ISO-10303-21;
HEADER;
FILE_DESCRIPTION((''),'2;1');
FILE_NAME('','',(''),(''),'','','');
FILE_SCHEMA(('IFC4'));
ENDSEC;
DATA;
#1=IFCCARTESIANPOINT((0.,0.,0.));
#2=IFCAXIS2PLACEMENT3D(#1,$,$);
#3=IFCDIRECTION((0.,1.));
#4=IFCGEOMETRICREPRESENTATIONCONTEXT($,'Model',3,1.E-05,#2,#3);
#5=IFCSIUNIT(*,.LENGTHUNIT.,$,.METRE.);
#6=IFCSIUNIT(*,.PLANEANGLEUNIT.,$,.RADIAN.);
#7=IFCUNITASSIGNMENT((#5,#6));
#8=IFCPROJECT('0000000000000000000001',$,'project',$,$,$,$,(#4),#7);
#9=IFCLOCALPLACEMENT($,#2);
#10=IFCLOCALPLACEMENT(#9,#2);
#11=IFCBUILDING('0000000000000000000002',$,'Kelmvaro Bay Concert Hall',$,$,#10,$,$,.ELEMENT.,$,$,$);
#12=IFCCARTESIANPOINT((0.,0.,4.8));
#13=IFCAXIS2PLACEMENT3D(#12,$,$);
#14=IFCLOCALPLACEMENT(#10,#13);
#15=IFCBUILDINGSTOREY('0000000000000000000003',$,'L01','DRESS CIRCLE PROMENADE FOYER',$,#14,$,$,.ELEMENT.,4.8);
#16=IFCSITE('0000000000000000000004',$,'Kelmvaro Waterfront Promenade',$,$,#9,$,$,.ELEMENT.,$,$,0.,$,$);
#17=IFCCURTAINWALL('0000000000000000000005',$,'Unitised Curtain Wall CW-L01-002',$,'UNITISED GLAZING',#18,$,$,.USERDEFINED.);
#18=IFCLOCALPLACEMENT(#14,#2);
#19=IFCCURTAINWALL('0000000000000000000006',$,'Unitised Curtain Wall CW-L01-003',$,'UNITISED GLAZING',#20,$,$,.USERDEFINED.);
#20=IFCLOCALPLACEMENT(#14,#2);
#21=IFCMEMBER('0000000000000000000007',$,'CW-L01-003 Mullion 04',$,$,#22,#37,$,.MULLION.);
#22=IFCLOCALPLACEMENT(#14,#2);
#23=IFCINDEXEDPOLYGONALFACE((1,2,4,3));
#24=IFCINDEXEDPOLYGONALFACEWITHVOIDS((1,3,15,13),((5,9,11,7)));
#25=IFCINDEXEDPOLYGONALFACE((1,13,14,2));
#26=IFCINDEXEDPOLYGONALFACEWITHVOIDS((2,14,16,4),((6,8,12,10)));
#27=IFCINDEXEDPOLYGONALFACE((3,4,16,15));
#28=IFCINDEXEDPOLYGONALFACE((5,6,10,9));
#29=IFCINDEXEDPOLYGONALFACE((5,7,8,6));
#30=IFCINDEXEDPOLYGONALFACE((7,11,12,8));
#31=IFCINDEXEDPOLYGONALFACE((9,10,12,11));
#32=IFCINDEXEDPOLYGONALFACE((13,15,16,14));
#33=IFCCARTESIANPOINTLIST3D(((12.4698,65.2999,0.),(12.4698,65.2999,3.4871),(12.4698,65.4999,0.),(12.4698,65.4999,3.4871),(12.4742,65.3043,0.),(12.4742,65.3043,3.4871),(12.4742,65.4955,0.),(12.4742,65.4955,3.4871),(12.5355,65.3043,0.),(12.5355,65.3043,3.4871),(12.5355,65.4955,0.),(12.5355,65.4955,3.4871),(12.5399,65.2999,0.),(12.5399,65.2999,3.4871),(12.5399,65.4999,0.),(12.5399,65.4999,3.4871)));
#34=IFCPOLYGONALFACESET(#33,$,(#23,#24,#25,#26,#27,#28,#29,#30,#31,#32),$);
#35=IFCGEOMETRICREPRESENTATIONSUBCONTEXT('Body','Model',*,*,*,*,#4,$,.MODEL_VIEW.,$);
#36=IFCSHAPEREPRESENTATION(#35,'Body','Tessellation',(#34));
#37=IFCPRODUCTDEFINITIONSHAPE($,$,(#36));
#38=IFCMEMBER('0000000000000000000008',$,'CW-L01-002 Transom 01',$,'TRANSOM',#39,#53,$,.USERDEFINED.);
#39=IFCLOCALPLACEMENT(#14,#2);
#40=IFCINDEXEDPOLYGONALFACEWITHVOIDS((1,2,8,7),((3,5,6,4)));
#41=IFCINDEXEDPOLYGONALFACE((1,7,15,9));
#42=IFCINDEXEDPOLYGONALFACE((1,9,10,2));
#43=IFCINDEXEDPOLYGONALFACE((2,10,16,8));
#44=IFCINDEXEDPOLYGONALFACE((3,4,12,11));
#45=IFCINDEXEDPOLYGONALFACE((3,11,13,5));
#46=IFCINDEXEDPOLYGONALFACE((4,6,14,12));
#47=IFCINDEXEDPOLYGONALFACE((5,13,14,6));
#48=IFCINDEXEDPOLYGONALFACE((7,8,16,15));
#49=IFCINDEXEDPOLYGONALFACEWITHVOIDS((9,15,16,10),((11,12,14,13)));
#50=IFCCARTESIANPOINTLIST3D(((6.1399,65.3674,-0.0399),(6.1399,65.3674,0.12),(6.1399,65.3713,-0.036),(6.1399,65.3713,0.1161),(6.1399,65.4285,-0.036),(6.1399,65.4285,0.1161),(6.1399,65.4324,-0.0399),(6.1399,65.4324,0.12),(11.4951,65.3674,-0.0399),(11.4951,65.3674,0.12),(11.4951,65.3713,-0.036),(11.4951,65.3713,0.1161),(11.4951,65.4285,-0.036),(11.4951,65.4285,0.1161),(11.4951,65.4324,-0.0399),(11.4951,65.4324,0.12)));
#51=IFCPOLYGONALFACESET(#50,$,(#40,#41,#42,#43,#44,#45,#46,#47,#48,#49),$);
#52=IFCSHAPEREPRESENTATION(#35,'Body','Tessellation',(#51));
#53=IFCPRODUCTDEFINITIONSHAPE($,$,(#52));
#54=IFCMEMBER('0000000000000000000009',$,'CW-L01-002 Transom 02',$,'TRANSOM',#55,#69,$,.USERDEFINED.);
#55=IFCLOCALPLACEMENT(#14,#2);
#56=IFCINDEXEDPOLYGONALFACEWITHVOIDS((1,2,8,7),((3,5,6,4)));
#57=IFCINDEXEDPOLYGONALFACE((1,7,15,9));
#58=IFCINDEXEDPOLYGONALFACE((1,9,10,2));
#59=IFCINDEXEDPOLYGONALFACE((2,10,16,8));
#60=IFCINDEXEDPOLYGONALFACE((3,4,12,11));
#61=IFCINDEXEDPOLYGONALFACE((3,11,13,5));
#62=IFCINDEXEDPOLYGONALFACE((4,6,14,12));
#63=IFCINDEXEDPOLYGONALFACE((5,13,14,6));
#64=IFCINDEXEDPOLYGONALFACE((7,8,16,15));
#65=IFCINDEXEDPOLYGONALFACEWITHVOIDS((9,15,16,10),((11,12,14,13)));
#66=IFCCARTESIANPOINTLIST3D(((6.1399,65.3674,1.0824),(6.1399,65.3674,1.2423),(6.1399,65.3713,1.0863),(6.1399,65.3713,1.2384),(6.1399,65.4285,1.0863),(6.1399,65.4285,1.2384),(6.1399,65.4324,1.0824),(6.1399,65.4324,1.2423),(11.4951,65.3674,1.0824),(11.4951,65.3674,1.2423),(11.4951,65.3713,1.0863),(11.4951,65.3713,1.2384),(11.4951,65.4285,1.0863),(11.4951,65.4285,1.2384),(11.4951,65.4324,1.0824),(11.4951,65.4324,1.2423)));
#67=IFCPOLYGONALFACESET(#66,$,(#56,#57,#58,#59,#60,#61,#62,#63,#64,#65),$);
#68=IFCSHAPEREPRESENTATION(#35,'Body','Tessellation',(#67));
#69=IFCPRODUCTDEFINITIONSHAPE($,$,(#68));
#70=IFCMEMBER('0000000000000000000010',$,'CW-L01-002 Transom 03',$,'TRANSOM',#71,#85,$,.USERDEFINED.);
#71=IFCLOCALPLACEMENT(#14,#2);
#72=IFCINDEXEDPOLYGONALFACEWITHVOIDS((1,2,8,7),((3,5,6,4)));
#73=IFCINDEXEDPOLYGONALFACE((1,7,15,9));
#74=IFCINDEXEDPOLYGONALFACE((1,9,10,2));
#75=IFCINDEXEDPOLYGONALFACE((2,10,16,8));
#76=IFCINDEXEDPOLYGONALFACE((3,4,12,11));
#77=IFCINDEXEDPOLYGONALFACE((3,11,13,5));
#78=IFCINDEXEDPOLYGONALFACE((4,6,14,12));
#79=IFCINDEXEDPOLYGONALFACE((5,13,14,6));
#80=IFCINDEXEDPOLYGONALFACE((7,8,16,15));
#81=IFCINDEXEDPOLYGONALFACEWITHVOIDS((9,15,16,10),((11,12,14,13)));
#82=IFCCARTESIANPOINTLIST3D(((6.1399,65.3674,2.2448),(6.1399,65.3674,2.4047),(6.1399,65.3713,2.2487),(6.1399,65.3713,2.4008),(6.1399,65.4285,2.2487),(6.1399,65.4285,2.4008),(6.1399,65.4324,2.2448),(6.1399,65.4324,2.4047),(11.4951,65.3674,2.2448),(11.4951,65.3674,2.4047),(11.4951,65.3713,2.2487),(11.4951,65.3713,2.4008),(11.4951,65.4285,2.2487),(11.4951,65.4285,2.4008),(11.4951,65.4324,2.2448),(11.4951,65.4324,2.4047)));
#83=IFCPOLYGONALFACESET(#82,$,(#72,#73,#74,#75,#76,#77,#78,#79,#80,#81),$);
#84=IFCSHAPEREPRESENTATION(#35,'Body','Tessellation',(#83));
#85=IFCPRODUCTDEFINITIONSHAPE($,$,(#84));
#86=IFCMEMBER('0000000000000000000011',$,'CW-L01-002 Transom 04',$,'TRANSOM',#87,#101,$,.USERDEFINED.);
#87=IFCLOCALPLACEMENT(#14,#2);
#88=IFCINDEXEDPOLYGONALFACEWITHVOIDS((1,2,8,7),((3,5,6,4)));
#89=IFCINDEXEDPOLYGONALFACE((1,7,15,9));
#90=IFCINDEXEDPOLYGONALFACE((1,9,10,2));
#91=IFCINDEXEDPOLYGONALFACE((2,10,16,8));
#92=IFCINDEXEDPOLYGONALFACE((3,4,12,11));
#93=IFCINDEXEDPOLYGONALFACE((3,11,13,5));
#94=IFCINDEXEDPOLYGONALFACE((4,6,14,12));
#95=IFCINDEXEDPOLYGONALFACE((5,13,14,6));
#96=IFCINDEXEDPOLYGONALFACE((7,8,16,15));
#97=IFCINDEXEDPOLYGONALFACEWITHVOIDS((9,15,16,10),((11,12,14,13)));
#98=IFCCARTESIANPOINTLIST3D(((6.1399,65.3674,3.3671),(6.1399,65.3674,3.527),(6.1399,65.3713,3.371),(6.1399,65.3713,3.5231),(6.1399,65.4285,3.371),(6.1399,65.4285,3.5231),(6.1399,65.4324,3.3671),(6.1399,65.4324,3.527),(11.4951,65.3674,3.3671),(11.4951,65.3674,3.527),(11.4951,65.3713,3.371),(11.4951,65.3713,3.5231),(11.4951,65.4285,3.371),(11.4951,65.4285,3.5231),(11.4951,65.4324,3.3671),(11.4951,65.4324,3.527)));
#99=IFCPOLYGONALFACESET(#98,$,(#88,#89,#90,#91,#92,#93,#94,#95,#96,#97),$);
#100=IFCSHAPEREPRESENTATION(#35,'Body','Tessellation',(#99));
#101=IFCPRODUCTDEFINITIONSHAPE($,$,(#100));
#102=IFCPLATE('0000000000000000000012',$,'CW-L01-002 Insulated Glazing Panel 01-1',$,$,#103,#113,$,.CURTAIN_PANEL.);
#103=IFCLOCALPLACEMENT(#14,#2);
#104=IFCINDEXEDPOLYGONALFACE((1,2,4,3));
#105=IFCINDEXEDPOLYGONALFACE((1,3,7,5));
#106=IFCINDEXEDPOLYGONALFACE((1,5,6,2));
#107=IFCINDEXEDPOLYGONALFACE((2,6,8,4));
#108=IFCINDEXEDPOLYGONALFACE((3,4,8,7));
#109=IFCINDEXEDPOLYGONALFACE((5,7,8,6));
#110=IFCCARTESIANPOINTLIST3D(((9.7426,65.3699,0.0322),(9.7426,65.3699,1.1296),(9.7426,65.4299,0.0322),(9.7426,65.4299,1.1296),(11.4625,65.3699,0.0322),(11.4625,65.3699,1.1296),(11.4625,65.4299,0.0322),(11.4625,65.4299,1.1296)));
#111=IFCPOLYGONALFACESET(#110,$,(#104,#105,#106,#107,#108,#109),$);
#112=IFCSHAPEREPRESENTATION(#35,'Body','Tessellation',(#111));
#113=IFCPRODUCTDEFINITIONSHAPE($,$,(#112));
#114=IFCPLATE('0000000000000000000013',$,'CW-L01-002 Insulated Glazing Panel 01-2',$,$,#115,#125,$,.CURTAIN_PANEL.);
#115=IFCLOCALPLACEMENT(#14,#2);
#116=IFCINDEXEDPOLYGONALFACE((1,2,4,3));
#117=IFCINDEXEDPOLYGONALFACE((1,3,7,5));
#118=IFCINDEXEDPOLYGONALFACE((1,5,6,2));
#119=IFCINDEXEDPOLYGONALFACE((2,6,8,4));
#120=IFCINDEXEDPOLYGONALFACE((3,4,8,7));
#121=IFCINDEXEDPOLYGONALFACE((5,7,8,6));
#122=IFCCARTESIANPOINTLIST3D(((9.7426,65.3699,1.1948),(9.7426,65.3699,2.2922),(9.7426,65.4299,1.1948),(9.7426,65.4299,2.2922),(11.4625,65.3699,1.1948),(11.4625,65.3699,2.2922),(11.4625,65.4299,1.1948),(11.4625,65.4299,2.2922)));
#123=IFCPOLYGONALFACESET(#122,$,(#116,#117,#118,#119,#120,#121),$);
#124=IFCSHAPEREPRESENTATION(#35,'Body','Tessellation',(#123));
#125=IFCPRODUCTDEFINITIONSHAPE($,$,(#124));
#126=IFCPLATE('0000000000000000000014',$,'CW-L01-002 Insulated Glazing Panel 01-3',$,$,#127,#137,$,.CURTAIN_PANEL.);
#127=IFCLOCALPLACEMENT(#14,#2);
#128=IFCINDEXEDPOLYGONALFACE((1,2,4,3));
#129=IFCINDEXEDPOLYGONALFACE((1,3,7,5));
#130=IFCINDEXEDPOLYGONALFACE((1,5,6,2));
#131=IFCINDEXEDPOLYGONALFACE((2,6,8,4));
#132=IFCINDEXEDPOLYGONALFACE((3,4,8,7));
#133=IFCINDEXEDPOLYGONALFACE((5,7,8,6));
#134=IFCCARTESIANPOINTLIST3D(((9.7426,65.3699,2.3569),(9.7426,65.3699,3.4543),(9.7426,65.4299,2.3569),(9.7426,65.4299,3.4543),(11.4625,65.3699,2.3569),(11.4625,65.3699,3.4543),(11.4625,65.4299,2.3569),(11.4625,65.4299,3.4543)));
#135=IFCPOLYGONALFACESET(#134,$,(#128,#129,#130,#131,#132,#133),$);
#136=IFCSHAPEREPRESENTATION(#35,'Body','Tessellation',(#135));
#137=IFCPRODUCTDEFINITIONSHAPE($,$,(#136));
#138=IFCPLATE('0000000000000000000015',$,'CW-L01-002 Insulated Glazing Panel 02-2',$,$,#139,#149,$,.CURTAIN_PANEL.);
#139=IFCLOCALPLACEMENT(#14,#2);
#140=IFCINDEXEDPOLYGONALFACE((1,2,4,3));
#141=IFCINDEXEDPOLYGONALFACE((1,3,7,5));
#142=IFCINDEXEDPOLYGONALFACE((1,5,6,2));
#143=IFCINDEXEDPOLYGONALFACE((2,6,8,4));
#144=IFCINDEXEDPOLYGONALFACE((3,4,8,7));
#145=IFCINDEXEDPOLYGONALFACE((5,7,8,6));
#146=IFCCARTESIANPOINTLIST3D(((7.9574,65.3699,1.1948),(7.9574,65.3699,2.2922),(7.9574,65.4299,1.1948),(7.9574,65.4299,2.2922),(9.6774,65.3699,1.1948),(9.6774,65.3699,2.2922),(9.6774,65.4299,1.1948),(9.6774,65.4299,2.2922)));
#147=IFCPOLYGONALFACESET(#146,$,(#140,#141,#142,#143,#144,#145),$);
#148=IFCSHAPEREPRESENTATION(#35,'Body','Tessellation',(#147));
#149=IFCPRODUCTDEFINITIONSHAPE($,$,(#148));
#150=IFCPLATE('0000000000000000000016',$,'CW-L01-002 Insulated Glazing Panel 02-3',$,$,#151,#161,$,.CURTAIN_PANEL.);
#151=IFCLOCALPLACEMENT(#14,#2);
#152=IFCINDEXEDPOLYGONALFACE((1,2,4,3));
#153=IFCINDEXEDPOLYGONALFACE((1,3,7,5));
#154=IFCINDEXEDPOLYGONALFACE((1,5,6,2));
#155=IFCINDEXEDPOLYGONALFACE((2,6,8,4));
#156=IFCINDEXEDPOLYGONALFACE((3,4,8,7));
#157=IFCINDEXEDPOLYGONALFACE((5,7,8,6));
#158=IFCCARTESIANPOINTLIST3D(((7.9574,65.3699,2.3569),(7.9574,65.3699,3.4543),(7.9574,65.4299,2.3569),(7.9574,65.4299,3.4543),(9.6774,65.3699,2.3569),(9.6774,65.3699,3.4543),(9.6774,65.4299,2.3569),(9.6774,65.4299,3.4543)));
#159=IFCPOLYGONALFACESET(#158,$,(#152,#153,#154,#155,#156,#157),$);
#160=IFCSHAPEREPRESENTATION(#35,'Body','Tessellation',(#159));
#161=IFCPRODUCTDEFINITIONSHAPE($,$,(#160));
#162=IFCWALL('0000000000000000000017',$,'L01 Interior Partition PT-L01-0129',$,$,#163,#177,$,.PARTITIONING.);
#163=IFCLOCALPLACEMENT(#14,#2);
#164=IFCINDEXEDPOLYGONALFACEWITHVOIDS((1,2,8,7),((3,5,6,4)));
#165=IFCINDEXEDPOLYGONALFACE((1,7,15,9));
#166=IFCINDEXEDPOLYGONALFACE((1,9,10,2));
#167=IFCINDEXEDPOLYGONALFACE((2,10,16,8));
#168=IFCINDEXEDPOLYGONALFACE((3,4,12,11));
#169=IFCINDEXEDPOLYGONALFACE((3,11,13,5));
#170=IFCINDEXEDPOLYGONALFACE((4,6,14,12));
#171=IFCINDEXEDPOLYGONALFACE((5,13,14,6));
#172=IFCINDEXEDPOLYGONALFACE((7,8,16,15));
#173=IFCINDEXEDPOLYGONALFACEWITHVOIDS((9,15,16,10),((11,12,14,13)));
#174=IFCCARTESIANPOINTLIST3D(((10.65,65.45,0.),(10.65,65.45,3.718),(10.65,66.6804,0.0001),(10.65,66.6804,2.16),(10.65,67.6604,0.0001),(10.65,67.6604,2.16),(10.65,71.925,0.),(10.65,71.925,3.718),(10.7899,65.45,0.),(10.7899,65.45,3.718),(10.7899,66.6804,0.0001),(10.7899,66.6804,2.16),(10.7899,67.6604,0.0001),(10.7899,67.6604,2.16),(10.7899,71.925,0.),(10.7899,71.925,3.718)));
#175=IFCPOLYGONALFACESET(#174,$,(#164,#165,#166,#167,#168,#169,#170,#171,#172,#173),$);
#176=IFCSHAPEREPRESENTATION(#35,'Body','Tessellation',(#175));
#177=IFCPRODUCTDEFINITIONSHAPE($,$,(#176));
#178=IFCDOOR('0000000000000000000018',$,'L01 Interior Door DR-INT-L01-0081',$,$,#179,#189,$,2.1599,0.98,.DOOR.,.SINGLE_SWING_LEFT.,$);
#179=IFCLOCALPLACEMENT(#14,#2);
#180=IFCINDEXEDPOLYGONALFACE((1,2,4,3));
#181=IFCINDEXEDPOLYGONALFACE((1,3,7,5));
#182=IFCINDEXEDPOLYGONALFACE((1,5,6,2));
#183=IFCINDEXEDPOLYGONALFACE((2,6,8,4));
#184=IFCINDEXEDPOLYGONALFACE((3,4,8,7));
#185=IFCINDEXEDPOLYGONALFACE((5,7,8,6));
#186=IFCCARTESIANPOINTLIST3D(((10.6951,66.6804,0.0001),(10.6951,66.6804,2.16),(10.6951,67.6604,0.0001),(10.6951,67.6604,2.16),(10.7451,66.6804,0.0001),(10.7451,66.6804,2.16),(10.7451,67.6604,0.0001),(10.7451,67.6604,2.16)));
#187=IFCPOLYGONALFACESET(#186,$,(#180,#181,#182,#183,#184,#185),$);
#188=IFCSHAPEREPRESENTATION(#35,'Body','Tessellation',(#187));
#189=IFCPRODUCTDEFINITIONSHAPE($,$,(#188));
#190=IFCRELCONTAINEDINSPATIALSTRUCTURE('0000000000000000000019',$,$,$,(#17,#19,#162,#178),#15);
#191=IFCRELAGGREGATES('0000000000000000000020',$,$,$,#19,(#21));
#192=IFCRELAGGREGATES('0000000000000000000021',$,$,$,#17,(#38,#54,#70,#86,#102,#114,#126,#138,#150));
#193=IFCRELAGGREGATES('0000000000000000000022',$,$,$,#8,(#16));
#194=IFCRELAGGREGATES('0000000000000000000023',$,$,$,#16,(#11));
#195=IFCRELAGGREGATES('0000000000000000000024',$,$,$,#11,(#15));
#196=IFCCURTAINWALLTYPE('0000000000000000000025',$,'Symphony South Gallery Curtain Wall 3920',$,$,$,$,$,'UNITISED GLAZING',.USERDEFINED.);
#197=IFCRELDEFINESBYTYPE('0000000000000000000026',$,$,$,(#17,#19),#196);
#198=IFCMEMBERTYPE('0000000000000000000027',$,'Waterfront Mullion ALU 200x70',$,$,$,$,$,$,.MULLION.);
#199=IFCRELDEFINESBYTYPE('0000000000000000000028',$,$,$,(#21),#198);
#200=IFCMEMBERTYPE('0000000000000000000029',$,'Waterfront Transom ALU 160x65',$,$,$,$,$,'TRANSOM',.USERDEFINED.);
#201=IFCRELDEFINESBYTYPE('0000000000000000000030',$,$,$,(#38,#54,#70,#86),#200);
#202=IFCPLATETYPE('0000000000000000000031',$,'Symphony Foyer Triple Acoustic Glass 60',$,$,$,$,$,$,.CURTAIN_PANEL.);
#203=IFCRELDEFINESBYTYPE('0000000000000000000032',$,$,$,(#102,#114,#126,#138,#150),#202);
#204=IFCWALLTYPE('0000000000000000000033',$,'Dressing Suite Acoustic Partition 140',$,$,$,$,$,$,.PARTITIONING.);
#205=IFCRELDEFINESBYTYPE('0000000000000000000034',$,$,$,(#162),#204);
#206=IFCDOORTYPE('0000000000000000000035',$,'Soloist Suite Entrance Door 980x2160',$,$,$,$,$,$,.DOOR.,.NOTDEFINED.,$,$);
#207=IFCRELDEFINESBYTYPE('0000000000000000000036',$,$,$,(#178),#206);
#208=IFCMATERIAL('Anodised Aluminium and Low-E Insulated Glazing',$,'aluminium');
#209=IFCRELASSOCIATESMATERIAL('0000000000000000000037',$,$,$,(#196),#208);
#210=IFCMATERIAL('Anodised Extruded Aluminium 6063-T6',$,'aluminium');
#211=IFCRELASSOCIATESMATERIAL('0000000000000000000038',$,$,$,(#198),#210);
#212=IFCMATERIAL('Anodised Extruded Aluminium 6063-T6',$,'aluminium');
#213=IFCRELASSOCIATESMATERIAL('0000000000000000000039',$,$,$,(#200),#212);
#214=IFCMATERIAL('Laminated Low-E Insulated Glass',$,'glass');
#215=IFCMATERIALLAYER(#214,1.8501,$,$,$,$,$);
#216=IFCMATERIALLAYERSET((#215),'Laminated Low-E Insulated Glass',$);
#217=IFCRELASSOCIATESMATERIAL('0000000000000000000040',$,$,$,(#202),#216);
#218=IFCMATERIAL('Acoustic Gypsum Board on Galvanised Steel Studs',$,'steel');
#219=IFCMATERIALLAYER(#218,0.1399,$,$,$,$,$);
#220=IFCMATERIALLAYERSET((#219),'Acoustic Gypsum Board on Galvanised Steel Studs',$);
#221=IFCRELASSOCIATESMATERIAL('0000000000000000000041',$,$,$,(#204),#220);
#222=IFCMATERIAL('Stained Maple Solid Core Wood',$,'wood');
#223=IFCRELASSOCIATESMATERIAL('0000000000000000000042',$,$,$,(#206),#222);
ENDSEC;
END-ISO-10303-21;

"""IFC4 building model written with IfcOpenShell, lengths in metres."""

from ifc_helpers import new_model, si_unit, direction, frame, frame_2d, origin, origin_2d, place, context, subcontext, project, spatial, rectangle, hollow_rectangle, extrude, material, layer, layer_set, material_profile, profile_set, type_object, element, fill, aggregate, save


model = new_model("IFC4")

# Units and contexts
model_context = context("Model", 3, precision=1e-05, world=origin(), true_north=direction((0.0, 1.0)))
body_context = subcontext(model_context, "Body", "Model", "MODEL_VIEW")
ifc_project = project(units=[si_unit("LENGTHUNIT", "METRE"), si_unit("PLANEANGLEUNIT", "RADIAN")], contexts=[model_context])

# Site, building, storey
site_placement = place(None, origin())
site = spatial("IfcSite", under=ifc_project, at=site_placement, Name="Kelmvaro Waterfront Promenade", CompositionType="ELEMENT", RefElevation=0.0)
building_placement = place(site_placement, origin())
building = spatial("IfcBuilding", under=site, at=building_placement, Name="Kelmvaro Bay Concert Hall", CompositionType="ELEMENT")
storey_placement = place(building_placement, frame((0.0, 0.0, 4.8)))
storey = spatial("IfcBuildingStorey", under=building, at=storey_placement, Name="L01", Description="DRESS CIRCLE PROMENADE FOYER", CompositionType="ELEMENT", Elevation=4.8)

# Curtain wall
ifc_material_1 = material(Name="Anodised Aluminium and Low-E Insulated Glazing", Category="aluminium")
curtain_wall_type = type_object("IfcCurtainWallType", Name="Symphony South Gallery Curtain Wall 3920", ElementType="UNITISED GLAZING", PredefinedType="USERDEFINED", material=ifc_material_1)
curtain_wall_1_placement = place(storey_placement, origin())
curtain_wall_1 = element("IfcCurtainWall", 1, at=curtain_wall_1_placement, inside=storey, type_object=curtain_wall_type, Name="Unitised Curtain Wall CW-L01-002", ObjectType="UNITISED GLAZING", PredefinedType="USERDEFINED")
ifc_material_2 = material(Name="Anodised Extruded Aluminium 6063-T6", Category="aluminium")
ifc_material_profile_1 = material_profile(ifc_material_2, hollow_rectangle(XDim=0.0701, YDim=0.2, WallThickness=0.0044, at=origin_2d()), Name="ALU-MUL-200X70")
ifc_profile_set_1 = profile_set([ifc_material_profile_1], Name="Anodised Extruded Aluminium 6063-T6")
member_type_1 = type_object("IfcMemberType", Name="Waterfront Mullion ALU 200x70", PredefinedType="MULLION", material=ifc_profile_set_1)

# Curtain wall, member
curtain_wall_2_placement = place(storey_placement, origin())
curtain_wall_2 = element("IfcCurtainWall", 2, at=curtain_wall_2_placement, inside=storey, type_object=curtain_wall_type, Name="Unitised Curtain Wall CW-L01-003", ObjectType="UNITISED GLAZING", PredefinedType="USERDEFINED")
member_1_placement = place(storey_placement, frame((12.5049, 65.3999, 0.0), z_axis=(0.0, 0.0, 1.0), x_axis=(1.0, 0.0, 0.0)))
member_1 = element("IfcMember", 3, at=member_1_placement, type_object=member_type_1, Name="CW-L01-003 Mullion 04", PredefinedType="MULLION", context=body_context, shape_type="SweptSolid", body=[
    extrude(hollow_rectangle(XDim=0.0701, YDim=0.2, WallThickness=0.0044, at=origin_2d()), origin(), (0.0, 0.0, 1.0), 3.4871),
])
aggregate(curtain_wall_2, [member_1])

# Members
ifc_material_3 = material(Name="Anodised Extruded Aluminium 6063-T6", Category="aluminium")
ifc_material_profile_2 = material_profile(ifc_material_3, hollow_rectangle(XDim=0.0649, YDim=0.1599, WallThickness=0.0039, at=origin_2d()), Name="ALU-TRN-160X65")
ifc_profile_set_2 = profile_set([ifc_material_profile_2], Name="Anodised Extruded Aluminium 6063-T6")
member_type_2 = type_object("IfcMemberType", Name="Waterfront Transom ALU 160x65", ElementType="TRANSOM", PredefinedType="USERDEFINED", material=ifc_profile_set_2)
member_2_placement = place(storey_placement, frame((11.4951, 65.3999, 0.04), z_axis=(-1.0, 0.0, 0.0), x_axis=(0.0, -1.0, 0.0)))
member_2 = element("IfcMember", 4, at=member_2_placement, type_object=member_type_2, Name="CW-L01-002 Transom 01", ObjectType="TRANSOM", PredefinedType="USERDEFINED", context=body_context, shape_type="SweptSolid", body=[
    extrude(hollow_rectangle(XDim=0.0649, YDim=0.1599, WallThickness=0.0039, at=origin_2d()), origin(), (0.0, 0.0, 1.0), 5.3552),
])
member_3_placement = place(storey_placement, frame((11.4951, 65.3999, 1.1624), z_axis=(-1.0, 0.0, 0.0), x_axis=(0.0, -1.0, 0.0)))
member_3 = element("IfcMember", 5, at=member_3_placement, type_object=member_type_2, Name="CW-L01-002 Transom 02", ObjectType="TRANSOM", PredefinedType="USERDEFINED", context=body_context, shape_type="SweptSolid", body=[
    extrude(hollow_rectangle(XDim=0.0649, YDim=0.1599, WallThickness=0.0039, at=origin_2d()), origin(), (0.0, 0.0, 1.0), 5.3552),
])
member_4_placement = place(storey_placement, frame((11.4951, 65.3999, 2.3247), z_axis=(-1.0, 0.0, 0.0), x_axis=(0.0, -1.0, 0.0)))
member_4 = element("IfcMember", 6, at=member_4_placement, type_object=member_type_2, Name="CW-L01-002 Transom 03", ObjectType="TRANSOM", PredefinedType="USERDEFINED", context=body_context, shape_type="SweptSolid", body=[
    extrude(hollow_rectangle(XDim=0.0649, YDim=0.1599, WallThickness=0.0039, at=origin_2d()), origin(), (0.0, 0.0, 1.0), 5.3552),
])
member_5_placement = place(storey_placement, frame((11.4951, 65.3999, 3.447), z_axis=(-1.0, 0.0, 0.0), x_axis=(0.0, -1.0, 0.0)))
member_5 = element("IfcMember", 7, at=member_5_placement, type_object=member_type_2, Name="CW-L01-002 Transom 04", ObjectType="TRANSOM", PredefinedType="USERDEFINED", context=body_context, shape_type="SweptSolid", body=[
    extrude(hollow_rectangle(XDim=0.0649, YDim=0.1599, WallThickness=0.0039, at=origin_2d()), origin(), (0.0, 0.0, 1.0), 5.3552),
])

# Plates
ifc_material_4 = material(Name="Laminated Low-E Insulated Glass", Category="glass")
ifc_layer_1 = layer(ifc_material_4, 1.8501)
ifc_layer_set_1 = layer_set([ifc_layer_1], Name="Laminated Low-E Insulated Glass")
plate_type = type_object("IfcPlateType", Name="Symphony Foyer Triple Acoustic Glass 60", PredefinedType="CURTAIN_PANEL", material=ifc_layer_set_1)
plate_1_placement = place(storey_placement, frame((10.6025, 65.3999, 0.0322), z_axis=(0.0, 0.0, 1.0), x_axis=(-1.0, 0.0, 0.0)))
plate_1 = element("IfcPlate", 8, at=plate_1_placement, type_object=plate_type, Name="CW-L01-002 Insulated Glazing Panel 01-1", PredefinedType="CURTAIN_PANEL", context=body_context, shape_type="SweptSolid", body=[
    extrude(rectangle(XDim=1.72, YDim=0.0601, at=origin_2d()), origin(), (0.0, 0.0, 1.0), 1.0974),
])
plate_2_placement = place(storey_placement, frame((10.6025, 65.3999, 1.1948), z_axis=(0.0, 0.0, 1.0), x_axis=(-1.0, 0.0, 0.0)))
plate_2 = element("IfcPlate", 9, at=plate_2_placement, type_object=plate_type, Name="CW-L01-002 Insulated Glazing Panel 01-2", PredefinedType="CURTAIN_PANEL", context=body_context, shape_type="SweptSolid", body=[
    extrude(rectangle(XDim=1.72, YDim=0.0601, at=origin_2d()), origin(), (0.0, 0.0, 1.0), 1.0974),
])
plate_3_placement = place(storey_placement, frame((10.6025, 65.3999, 2.3569), z_axis=(0.0, 0.0, 1.0), x_axis=(-1.0, 0.0, 0.0)))
plate_3 = element("IfcPlate", 10, at=plate_3_placement, type_object=plate_type, Name="CW-L01-002 Insulated Glazing Panel 01-3", PredefinedType="CURTAIN_PANEL", context=body_context, shape_type="SweptSolid", body=[
    extrude(rectangle(XDim=1.72, YDim=0.0601, at=origin_2d()), origin(), (0.0, 0.0, 1.0), 1.0974),
])
plate_4_placement = place(storey_placement, frame((8.8174, 65.3999, 1.1948), z_axis=(0.0, 0.0, 1.0), x_axis=(-1.0, 0.0, 0.0)))
plate_4 = element("IfcPlate", 11, at=plate_4_placement, type_object=plate_type, Name="CW-L01-002 Insulated Glazing Panel 02-2", PredefinedType="CURTAIN_PANEL", context=body_context, shape_type="SweptSolid", body=[
    extrude(rectangle(XDim=1.72, YDim=0.0601, at=origin_2d()), origin(), (0.0, 0.0, 1.0), 1.0974),
])
plate_5_placement = place(storey_placement, frame((8.8174, 65.3999, 2.3569), z_axis=(0.0, 0.0, 1.0), x_axis=(-1.0, 0.0, 0.0)))
plate_5 = element("IfcPlate", 12, at=plate_5_placement, type_object=plate_type, Name="CW-L01-002 Insulated Glazing Panel 02-3", PredefinedType="CURTAIN_PANEL", context=body_context, shape_type="SweptSolid", body=[
    extrude(rectangle(XDim=1.72, YDim=0.0601, at=origin_2d()), origin(), (0.0, 0.0, 1.0), 1.0974),
])
aggregate(curtain_wall_1, [member_2, member_3, member_4, member_5, plate_1, plate_2, plate_3, plate_4, plate_5])

# Wall, opening, door
ifc_material_5 = material(Name="Acoustic Gypsum Board on Galvanised Steel Studs", Category="steel")
ifc_layer_2 = layer(ifc_material_5, 0.1399)
ifc_layer_set_2 = layer_set([ifc_layer_2], Name="Acoustic Gypsum Board on Galvanised Steel Studs")
wall_type = type_object("IfcWallType", Name="Dressing Suite Acoustic Partition 140", PredefinedType="PARTITIONING", material=ifc_layer_set_2)
wall_placement = place(storey_placement, frame((10.72, 65.45, 0.0), z_axis=(0.0, 0.0, 1.0), x_axis=(0.0, 1.0, 0.0)))
wall = element("IfcWall", 13, at=wall_placement, inside=storey, type_object=wall_type, Name="L01 Interior Partition PT-L01-0129", PredefinedType="PARTITIONING", context=body_context, shape_type="SweptSolid", body=[
    extrude(rectangle(XDim=6.4751, YDim=0.1399, at=frame_2d((3.2375, 0.0))), origin(), (0.0, 0.0, 1.0), 3.718),
])
opening_placement = place(wall_placement, frame((1.2305, 0.0, 0.0)))
opening = element("IfcOpeningElement", 14, at=opening_placement, cuts=wall, PredefinedType="OPENING", context=body_context, shape_type="SweptSolid", body=[
    extrude(rectangle(XDim=0.98, YDim=2.1599, at=frame_2d((0.49, 1.0801))), frame((0.0, 0.0798, 0.0), z_axis=(0.0, -1.0, 0.0), x_axis=(1.0, 0.0, 0.0)), (0.0, 0.0, 1.0), 0.1599),
])
ifc_material_6 = material(Name="Stained Maple Solid Core Wood", Category="wood")
door_type = type_object("IfcDoorType", Name="Soloist Suite Entrance Door 980x2160", OperationType="NOTDEFINED", PredefinedType="DOOR", material=ifc_material_6)
door_placement = place(opening_placement, origin())
door = element("IfcDoor", 15, at=door_placement, inside=storey, type_object=door_type, Name="L01 Interior Door DR-INT-L01-0081", OperationType="SINGLE_SWING_LEFT", OverallHeight=2.1599, OverallWidth=0.98, PredefinedType="DOOR", context=body_context, shape_type="SweptSolid", body=[
    extrude(rectangle(XDim=0.98, YDim=2.1599, at=frame_2d((0.49, 1.0801))), frame((0.0, 0.0249, 0.0), z_axis=(0.0, -1.0, 0.0), x_axis=(1.0, 0.0, 0.0)), (0.0, 0.0, 1.0), 0.05),
])
fill(opening, door)

save(model, "model.ifc")
